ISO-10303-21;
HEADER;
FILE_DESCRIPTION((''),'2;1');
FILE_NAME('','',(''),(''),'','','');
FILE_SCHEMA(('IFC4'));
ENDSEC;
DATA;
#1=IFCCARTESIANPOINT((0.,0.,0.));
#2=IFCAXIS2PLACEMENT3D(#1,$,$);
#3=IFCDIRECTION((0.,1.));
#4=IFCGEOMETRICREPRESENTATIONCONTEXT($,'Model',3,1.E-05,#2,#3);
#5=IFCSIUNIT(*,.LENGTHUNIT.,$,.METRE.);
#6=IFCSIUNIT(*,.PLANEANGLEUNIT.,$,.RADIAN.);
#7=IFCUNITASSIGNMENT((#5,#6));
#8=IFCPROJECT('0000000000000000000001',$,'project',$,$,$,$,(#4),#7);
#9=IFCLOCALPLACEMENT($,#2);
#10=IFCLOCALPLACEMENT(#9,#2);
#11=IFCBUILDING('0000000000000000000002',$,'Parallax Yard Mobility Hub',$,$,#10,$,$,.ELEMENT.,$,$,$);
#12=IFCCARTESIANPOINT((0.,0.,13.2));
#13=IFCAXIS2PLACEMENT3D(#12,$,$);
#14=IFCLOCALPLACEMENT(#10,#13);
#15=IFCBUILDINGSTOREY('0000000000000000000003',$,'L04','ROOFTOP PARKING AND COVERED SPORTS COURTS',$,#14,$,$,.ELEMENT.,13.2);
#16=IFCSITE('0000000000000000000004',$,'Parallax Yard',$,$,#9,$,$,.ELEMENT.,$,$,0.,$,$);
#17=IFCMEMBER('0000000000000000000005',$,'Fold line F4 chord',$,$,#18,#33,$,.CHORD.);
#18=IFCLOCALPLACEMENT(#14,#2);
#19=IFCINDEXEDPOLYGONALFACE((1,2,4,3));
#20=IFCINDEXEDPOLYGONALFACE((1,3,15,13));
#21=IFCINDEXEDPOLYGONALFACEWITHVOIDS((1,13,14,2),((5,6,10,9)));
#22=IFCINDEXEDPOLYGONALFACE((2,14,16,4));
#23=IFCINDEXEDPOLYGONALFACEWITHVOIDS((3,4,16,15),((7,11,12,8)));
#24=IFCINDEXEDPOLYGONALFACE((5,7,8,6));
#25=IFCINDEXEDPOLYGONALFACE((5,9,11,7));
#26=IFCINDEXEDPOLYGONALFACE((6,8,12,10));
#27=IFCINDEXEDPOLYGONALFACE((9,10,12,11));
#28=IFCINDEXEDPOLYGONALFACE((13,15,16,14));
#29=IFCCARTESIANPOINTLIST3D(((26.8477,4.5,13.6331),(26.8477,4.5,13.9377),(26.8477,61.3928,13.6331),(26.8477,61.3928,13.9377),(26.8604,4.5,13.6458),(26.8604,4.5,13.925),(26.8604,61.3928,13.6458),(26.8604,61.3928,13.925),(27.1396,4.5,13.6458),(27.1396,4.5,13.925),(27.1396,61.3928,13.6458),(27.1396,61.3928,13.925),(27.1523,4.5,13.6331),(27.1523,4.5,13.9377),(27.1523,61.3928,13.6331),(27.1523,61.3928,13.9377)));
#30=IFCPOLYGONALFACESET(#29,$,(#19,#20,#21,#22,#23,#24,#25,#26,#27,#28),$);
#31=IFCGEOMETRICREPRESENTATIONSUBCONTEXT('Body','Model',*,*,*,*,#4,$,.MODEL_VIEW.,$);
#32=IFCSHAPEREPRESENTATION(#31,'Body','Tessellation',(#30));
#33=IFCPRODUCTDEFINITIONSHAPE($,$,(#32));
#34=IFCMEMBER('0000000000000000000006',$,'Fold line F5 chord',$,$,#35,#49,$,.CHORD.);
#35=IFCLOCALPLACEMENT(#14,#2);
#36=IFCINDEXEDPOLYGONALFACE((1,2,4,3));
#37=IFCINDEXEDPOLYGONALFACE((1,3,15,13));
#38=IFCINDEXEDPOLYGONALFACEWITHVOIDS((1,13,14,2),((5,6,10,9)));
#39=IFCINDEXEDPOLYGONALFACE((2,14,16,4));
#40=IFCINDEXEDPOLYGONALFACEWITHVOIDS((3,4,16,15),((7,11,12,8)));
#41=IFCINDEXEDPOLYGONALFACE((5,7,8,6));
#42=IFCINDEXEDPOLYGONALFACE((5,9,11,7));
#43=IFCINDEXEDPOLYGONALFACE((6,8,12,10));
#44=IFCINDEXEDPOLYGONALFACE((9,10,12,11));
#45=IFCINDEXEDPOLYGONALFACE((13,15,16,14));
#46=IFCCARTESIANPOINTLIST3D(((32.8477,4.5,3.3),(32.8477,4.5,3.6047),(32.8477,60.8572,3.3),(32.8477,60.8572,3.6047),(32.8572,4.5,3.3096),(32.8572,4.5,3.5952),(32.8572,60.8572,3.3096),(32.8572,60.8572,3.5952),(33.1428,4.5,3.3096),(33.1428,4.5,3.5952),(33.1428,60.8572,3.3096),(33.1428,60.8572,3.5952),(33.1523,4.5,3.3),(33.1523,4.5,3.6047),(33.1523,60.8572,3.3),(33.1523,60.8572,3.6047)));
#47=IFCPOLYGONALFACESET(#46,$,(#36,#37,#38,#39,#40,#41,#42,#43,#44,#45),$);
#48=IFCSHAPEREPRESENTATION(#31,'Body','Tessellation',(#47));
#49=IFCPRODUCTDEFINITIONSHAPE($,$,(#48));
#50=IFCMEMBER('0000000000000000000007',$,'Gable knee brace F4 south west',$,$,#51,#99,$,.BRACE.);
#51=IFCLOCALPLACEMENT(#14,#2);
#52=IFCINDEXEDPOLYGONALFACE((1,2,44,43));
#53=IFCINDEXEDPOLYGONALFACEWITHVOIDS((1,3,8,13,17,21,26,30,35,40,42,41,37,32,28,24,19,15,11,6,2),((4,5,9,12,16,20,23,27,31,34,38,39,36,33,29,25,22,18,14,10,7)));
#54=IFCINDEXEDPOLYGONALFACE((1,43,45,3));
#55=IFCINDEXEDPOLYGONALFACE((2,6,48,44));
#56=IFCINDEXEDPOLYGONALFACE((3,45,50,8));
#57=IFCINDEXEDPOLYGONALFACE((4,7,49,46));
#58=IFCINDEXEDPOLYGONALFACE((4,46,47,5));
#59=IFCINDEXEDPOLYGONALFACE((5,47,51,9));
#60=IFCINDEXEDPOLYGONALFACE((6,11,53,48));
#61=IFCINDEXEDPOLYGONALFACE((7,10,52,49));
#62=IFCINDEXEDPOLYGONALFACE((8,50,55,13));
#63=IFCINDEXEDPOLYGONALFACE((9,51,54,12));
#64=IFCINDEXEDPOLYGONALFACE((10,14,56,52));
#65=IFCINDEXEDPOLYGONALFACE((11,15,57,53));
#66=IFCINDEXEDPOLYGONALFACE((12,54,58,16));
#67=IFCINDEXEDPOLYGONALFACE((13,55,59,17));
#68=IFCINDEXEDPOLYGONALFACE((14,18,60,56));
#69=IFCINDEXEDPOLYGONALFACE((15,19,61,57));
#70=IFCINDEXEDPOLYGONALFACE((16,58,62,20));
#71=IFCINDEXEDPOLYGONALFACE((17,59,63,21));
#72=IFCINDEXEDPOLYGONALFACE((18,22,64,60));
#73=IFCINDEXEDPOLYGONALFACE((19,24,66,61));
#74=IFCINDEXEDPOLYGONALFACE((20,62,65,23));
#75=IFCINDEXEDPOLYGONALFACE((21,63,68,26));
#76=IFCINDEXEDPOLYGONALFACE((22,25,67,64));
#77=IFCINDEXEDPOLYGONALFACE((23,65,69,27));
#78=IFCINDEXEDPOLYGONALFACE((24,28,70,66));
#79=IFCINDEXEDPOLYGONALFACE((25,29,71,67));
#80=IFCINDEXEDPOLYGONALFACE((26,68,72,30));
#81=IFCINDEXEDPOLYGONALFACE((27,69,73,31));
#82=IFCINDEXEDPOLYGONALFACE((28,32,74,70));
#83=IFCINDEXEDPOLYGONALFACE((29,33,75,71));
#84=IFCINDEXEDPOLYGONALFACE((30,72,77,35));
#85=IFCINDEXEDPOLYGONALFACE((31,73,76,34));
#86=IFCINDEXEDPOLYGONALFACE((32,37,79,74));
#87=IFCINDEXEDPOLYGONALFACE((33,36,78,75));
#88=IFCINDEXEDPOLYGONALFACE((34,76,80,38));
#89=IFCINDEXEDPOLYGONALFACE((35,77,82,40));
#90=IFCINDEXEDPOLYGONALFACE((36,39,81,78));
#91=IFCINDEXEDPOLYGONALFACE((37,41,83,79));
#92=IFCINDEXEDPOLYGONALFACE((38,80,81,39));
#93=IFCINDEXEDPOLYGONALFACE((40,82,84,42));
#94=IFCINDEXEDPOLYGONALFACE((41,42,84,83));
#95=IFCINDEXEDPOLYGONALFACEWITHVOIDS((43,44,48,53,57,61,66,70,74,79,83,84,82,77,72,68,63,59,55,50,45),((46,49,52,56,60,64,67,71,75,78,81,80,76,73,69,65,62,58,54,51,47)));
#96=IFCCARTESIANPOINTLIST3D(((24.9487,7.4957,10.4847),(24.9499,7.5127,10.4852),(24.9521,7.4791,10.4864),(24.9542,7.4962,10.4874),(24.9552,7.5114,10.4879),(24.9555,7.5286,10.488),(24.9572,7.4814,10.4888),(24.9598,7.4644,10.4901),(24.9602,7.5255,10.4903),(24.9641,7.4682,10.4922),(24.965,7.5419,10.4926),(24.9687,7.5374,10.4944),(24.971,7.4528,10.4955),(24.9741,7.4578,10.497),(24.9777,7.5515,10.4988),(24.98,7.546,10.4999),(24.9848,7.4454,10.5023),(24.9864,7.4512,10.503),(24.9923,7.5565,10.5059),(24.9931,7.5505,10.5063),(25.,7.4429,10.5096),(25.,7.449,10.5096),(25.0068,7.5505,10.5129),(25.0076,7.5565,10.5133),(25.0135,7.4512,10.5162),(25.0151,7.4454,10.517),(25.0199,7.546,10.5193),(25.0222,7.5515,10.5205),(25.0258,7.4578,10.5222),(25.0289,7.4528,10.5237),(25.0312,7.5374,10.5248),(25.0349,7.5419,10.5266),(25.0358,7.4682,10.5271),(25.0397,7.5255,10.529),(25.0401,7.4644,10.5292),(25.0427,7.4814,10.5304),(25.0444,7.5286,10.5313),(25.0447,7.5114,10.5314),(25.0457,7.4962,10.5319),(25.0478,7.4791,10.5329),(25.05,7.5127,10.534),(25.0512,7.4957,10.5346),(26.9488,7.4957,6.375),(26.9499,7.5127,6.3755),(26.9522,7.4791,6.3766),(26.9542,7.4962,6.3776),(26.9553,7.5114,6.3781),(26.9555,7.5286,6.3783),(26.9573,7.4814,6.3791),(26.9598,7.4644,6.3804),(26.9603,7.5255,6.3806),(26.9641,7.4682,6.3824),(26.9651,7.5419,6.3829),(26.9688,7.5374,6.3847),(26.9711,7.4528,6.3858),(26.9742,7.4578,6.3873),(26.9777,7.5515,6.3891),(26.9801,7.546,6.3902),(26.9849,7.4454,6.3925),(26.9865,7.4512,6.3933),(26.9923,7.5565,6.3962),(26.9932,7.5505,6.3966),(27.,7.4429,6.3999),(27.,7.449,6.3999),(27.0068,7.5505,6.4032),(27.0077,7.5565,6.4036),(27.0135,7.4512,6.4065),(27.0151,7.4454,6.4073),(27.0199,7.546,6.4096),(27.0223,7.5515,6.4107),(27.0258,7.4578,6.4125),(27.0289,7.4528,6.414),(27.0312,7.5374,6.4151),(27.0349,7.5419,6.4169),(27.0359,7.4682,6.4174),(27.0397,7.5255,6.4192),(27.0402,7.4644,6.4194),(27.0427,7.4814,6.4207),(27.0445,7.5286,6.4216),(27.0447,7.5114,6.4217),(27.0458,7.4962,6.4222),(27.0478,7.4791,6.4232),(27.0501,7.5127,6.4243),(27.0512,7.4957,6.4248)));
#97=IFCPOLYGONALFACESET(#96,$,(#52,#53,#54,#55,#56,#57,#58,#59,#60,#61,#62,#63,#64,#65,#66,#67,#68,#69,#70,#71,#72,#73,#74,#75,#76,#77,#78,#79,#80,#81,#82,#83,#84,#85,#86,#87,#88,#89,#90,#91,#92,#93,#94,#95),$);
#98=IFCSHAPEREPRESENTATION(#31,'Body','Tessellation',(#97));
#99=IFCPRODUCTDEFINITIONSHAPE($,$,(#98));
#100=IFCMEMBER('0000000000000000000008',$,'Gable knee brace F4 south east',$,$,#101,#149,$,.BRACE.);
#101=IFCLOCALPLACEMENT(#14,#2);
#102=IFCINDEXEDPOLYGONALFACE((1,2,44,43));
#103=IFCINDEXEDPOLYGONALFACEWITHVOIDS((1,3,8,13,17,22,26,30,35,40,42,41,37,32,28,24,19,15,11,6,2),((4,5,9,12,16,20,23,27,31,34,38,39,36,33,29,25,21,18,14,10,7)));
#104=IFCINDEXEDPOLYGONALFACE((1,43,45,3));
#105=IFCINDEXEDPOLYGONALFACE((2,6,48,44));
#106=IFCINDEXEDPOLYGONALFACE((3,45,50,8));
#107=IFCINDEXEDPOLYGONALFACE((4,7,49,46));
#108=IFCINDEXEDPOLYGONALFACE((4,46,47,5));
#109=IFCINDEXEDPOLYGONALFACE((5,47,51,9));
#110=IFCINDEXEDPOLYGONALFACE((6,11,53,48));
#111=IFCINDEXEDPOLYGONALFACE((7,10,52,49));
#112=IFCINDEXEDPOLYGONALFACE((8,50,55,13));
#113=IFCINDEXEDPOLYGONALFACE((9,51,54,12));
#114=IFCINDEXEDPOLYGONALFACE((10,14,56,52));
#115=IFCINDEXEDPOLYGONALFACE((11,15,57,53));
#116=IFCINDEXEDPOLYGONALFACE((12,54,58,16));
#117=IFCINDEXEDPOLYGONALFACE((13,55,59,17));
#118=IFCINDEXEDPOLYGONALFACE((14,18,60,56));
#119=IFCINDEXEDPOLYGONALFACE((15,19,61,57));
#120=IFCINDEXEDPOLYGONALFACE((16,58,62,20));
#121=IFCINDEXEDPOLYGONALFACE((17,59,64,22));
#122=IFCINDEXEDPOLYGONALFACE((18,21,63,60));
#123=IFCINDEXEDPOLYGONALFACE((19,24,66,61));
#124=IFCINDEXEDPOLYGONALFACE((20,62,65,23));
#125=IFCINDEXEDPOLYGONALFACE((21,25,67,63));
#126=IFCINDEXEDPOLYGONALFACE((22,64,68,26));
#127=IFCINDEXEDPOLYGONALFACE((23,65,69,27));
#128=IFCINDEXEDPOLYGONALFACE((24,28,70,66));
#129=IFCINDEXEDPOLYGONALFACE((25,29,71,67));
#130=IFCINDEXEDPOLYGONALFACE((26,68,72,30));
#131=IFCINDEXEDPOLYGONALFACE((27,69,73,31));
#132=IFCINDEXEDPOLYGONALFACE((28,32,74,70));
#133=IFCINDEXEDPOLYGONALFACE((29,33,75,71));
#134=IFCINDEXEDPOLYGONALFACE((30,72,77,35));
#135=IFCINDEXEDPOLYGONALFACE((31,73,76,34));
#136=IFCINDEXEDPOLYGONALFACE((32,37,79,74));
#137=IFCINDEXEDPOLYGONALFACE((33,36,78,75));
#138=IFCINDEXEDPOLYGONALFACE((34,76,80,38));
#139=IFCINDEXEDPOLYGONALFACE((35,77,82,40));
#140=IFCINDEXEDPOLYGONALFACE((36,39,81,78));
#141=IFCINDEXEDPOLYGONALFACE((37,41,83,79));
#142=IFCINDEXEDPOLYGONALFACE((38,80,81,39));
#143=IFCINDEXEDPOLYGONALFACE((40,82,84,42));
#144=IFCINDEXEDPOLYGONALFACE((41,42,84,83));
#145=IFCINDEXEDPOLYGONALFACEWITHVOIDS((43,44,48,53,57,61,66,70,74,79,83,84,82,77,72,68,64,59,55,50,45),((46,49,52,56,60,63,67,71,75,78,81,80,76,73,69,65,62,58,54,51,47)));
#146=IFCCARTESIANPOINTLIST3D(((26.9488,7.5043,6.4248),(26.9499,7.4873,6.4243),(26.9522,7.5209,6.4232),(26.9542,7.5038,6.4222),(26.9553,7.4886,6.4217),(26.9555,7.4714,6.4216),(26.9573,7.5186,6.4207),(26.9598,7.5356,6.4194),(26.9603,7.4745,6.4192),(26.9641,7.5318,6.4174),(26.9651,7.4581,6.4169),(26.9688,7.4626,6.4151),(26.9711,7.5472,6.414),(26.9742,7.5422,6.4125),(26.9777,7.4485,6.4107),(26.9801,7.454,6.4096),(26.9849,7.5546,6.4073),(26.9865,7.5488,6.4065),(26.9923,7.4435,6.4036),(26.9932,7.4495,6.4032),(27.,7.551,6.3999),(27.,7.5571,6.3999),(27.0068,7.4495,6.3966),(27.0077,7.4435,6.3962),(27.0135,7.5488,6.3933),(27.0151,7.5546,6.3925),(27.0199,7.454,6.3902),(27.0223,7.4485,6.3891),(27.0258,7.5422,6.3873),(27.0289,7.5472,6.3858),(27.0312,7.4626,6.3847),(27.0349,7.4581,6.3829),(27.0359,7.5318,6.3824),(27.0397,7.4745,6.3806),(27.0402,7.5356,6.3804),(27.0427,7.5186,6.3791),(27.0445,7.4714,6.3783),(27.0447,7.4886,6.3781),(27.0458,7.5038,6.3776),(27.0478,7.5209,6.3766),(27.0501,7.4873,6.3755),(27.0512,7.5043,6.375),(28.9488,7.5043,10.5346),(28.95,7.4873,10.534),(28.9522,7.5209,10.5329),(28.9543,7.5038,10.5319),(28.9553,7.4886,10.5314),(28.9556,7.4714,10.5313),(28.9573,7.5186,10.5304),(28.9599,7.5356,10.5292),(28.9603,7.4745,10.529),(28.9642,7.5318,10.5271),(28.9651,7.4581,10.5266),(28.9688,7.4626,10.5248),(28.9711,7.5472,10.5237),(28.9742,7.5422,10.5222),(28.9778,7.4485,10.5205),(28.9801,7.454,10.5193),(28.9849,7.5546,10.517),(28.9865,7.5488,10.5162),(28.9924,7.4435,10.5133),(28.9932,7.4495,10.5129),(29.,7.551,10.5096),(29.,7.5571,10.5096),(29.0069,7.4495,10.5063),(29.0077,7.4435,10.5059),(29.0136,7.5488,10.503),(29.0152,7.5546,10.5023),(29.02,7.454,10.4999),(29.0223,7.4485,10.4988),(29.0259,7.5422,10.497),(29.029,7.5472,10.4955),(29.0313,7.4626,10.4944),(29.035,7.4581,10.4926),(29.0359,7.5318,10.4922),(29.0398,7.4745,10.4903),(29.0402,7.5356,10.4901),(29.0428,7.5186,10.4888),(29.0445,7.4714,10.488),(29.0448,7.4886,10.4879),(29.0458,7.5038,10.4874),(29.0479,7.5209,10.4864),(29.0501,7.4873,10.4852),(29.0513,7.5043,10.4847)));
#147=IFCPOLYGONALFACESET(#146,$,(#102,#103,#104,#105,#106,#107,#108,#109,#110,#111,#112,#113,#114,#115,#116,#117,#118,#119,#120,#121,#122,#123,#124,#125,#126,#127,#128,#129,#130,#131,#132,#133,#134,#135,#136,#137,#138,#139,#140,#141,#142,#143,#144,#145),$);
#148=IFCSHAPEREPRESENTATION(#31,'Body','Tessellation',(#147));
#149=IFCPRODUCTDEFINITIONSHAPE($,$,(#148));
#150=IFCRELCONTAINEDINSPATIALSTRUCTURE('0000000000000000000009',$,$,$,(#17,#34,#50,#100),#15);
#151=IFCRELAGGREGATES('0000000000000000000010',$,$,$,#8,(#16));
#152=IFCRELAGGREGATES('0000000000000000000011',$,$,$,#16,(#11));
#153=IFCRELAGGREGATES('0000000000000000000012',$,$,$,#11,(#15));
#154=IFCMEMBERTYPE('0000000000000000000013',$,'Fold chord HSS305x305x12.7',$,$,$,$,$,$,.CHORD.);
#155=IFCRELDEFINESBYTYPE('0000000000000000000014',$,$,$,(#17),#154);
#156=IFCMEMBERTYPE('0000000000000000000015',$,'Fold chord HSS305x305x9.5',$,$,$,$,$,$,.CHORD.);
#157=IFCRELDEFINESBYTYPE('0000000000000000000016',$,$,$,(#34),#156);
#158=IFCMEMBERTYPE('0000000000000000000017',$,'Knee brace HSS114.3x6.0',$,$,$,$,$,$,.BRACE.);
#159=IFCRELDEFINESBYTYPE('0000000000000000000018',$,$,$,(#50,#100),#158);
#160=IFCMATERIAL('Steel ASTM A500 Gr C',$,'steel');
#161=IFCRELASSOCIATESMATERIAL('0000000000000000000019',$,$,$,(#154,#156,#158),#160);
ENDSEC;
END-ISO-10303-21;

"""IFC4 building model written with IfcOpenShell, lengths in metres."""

from ifc_helpers import new_model, si_unit, direction, frame, origin, origin_2d, place, context, subcontext, project, spatial, hollow_rectangle, hollow_circle, extrude, material, material_profile, profile_set, type_object, element, save


model = new_model("IFC4")

# Units and contexts
model_context = context("Model", 3, precision=1e-05, world=origin(), true_north=direction((0.0, 1.0)))
body_context = subcontext(model_context, "Body", "Model", "MODEL_VIEW")
ifc_project = project(units=[si_unit("LENGTHUNIT", "METRE"), si_unit("PLANEANGLEUNIT", "RADIAN")], contexts=[model_context])

# Site, building, storey
site_placement = place(None, origin())
site = spatial("IfcSite", under=ifc_project, at=site_placement, Name="Parallax Yard", CompositionType="ELEMENT", RefElevation=0.0)
building_placement = place(site_placement, origin())
building = spatial("IfcBuilding", under=site, at=building_placement, Name="Parallax Yard Mobility Hub", CompositionType="ELEMENT")
storey_placement = place(building_placement, frame((0.0, 0.0, 13.2)))
storey = spatial("IfcBuildingStorey", under=building, at=storey_placement, Name="L04", Description="ROOFTOP PARKING AND COVERED SPORTS COURTS", CompositionType="ELEMENT", Elevation=13.2)

# Members
ifc_material_1 = material(Name="Steel ASTM A500 Gr C", Category="steel")
ifc_material_profile_1 = material_profile(ifc_material_1, hollow_rectangle(XDim=0.3047, YDim=0.3047, WallThickness=0.0127, at=origin_2d()), Name="HSS305x305x12.7")
ifc_profile_set_1 = profile_set([ifc_material_profile_1], Name="Steel ASTM A500 Gr C")
member_type_1 = type_object("IfcMemberType", Name="Fold chord HSS305x305x12.7", PredefinedType="CHORD", material=ifc_profile_set_1)
member_1_placement = place(storey_placement, frame((27.0, 4.5, 13.7854), z_axis=(0.0, 1.0, 0.0), x_axis=(-1.0, 0.0, 0.0)))
element("IfcMember", 1, at=member_1_placement, inside=storey, type_object=member_type_1, Name="Fold line F4 chord", PredefinedType="CHORD", context=body_context, shape_type="SweptSolid", body=[
    extrude(hollow_rectangle(XDim=0.3047, YDim=0.3047, WallThickness=0.0127, at=origin_2d()), origin(), (0.0, 0.0, 1.0), 56.8928),
])
ifc_material_profile_2 = material_profile(ifc_material_1, hollow_rectangle(XDim=0.3047, YDim=0.3047, WallThickness=0.0095, at=origin_2d()), Name="HSS305x305x9.5")
ifc_profile_set_2 = profile_set([ifc_material_profile_2], Name="Steel ASTM A500 Gr C")
member_type_2 = type_object("IfcMemberType", Name="Fold chord HSS305x305x9.5", PredefinedType="CHORD", material=ifc_profile_set_2)
member_2_placement = place(storey_placement, frame((33.0, 4.5, 3.4524), z_axis=(0.0, 1.0, 0.0), x_axis=(-1.0, 0.0, 0.0)))
element("IfcMember", 2, at=member_2_placement, inside=storey, type_object=member_type_2, Name="Fold line F5 chord", PredefinedType="CHORD", context=body_context, shape_type="SweptSolid", body=[
    extrude(hollow_rectangle(XDim=0.3047, YDim=0.3047, WallThickness=0.0095, at=origin_2d()), origin(), (0.0, 0.0, 1.0), 56.3572),
])
ifc_material_profile_3 = material_profile(ifc_material_1, hollow_circle(Radius=0.0571, WallThickness=0.0061, at=origin_2d()), Name="HSS114.3x6.0")
ifc_profile_set_3 = profile_set([ifc_material_profile_3], Name="Steel ASTM A500 Gr C")
member_type_3 = type_object("IfcMemberType", Name="Knee brace HSS114.3x6.0", PredefinedType="BRACE", material=ifc_profile_set_3)
for number, where, z_axis, x_axis, name in (
    (3, (27.0, 7.5, 6.3999), (-0.437594, 0.0, 0.899173), (0.0, -1.0, 0.0), "Gable knee brace F4 south west"),
    (4, (27.0, 7.5, 6.3999), (0.437594, 0.0, 0.899173), (0.0, 1.0, 0.0), "Gable knee brace F4 south east"),
):
    element("IfcMember", number, at=place(storey_placement, frame(where, z_axis=z_axis, x_axis=x_axis)), inside=storey, type_object=member_type_3, Name=name, PredefinedType="BRACE", context=body_context, shape_type="SweptSolid", body=[
        extrude(hollow_circle(Radius=0.0571, WallThickness=0.0061, at=origin_2d()), origin(), (0.0, 0.0, 1.0), 4.5706),
    ])

save(model, "model.ifc")
